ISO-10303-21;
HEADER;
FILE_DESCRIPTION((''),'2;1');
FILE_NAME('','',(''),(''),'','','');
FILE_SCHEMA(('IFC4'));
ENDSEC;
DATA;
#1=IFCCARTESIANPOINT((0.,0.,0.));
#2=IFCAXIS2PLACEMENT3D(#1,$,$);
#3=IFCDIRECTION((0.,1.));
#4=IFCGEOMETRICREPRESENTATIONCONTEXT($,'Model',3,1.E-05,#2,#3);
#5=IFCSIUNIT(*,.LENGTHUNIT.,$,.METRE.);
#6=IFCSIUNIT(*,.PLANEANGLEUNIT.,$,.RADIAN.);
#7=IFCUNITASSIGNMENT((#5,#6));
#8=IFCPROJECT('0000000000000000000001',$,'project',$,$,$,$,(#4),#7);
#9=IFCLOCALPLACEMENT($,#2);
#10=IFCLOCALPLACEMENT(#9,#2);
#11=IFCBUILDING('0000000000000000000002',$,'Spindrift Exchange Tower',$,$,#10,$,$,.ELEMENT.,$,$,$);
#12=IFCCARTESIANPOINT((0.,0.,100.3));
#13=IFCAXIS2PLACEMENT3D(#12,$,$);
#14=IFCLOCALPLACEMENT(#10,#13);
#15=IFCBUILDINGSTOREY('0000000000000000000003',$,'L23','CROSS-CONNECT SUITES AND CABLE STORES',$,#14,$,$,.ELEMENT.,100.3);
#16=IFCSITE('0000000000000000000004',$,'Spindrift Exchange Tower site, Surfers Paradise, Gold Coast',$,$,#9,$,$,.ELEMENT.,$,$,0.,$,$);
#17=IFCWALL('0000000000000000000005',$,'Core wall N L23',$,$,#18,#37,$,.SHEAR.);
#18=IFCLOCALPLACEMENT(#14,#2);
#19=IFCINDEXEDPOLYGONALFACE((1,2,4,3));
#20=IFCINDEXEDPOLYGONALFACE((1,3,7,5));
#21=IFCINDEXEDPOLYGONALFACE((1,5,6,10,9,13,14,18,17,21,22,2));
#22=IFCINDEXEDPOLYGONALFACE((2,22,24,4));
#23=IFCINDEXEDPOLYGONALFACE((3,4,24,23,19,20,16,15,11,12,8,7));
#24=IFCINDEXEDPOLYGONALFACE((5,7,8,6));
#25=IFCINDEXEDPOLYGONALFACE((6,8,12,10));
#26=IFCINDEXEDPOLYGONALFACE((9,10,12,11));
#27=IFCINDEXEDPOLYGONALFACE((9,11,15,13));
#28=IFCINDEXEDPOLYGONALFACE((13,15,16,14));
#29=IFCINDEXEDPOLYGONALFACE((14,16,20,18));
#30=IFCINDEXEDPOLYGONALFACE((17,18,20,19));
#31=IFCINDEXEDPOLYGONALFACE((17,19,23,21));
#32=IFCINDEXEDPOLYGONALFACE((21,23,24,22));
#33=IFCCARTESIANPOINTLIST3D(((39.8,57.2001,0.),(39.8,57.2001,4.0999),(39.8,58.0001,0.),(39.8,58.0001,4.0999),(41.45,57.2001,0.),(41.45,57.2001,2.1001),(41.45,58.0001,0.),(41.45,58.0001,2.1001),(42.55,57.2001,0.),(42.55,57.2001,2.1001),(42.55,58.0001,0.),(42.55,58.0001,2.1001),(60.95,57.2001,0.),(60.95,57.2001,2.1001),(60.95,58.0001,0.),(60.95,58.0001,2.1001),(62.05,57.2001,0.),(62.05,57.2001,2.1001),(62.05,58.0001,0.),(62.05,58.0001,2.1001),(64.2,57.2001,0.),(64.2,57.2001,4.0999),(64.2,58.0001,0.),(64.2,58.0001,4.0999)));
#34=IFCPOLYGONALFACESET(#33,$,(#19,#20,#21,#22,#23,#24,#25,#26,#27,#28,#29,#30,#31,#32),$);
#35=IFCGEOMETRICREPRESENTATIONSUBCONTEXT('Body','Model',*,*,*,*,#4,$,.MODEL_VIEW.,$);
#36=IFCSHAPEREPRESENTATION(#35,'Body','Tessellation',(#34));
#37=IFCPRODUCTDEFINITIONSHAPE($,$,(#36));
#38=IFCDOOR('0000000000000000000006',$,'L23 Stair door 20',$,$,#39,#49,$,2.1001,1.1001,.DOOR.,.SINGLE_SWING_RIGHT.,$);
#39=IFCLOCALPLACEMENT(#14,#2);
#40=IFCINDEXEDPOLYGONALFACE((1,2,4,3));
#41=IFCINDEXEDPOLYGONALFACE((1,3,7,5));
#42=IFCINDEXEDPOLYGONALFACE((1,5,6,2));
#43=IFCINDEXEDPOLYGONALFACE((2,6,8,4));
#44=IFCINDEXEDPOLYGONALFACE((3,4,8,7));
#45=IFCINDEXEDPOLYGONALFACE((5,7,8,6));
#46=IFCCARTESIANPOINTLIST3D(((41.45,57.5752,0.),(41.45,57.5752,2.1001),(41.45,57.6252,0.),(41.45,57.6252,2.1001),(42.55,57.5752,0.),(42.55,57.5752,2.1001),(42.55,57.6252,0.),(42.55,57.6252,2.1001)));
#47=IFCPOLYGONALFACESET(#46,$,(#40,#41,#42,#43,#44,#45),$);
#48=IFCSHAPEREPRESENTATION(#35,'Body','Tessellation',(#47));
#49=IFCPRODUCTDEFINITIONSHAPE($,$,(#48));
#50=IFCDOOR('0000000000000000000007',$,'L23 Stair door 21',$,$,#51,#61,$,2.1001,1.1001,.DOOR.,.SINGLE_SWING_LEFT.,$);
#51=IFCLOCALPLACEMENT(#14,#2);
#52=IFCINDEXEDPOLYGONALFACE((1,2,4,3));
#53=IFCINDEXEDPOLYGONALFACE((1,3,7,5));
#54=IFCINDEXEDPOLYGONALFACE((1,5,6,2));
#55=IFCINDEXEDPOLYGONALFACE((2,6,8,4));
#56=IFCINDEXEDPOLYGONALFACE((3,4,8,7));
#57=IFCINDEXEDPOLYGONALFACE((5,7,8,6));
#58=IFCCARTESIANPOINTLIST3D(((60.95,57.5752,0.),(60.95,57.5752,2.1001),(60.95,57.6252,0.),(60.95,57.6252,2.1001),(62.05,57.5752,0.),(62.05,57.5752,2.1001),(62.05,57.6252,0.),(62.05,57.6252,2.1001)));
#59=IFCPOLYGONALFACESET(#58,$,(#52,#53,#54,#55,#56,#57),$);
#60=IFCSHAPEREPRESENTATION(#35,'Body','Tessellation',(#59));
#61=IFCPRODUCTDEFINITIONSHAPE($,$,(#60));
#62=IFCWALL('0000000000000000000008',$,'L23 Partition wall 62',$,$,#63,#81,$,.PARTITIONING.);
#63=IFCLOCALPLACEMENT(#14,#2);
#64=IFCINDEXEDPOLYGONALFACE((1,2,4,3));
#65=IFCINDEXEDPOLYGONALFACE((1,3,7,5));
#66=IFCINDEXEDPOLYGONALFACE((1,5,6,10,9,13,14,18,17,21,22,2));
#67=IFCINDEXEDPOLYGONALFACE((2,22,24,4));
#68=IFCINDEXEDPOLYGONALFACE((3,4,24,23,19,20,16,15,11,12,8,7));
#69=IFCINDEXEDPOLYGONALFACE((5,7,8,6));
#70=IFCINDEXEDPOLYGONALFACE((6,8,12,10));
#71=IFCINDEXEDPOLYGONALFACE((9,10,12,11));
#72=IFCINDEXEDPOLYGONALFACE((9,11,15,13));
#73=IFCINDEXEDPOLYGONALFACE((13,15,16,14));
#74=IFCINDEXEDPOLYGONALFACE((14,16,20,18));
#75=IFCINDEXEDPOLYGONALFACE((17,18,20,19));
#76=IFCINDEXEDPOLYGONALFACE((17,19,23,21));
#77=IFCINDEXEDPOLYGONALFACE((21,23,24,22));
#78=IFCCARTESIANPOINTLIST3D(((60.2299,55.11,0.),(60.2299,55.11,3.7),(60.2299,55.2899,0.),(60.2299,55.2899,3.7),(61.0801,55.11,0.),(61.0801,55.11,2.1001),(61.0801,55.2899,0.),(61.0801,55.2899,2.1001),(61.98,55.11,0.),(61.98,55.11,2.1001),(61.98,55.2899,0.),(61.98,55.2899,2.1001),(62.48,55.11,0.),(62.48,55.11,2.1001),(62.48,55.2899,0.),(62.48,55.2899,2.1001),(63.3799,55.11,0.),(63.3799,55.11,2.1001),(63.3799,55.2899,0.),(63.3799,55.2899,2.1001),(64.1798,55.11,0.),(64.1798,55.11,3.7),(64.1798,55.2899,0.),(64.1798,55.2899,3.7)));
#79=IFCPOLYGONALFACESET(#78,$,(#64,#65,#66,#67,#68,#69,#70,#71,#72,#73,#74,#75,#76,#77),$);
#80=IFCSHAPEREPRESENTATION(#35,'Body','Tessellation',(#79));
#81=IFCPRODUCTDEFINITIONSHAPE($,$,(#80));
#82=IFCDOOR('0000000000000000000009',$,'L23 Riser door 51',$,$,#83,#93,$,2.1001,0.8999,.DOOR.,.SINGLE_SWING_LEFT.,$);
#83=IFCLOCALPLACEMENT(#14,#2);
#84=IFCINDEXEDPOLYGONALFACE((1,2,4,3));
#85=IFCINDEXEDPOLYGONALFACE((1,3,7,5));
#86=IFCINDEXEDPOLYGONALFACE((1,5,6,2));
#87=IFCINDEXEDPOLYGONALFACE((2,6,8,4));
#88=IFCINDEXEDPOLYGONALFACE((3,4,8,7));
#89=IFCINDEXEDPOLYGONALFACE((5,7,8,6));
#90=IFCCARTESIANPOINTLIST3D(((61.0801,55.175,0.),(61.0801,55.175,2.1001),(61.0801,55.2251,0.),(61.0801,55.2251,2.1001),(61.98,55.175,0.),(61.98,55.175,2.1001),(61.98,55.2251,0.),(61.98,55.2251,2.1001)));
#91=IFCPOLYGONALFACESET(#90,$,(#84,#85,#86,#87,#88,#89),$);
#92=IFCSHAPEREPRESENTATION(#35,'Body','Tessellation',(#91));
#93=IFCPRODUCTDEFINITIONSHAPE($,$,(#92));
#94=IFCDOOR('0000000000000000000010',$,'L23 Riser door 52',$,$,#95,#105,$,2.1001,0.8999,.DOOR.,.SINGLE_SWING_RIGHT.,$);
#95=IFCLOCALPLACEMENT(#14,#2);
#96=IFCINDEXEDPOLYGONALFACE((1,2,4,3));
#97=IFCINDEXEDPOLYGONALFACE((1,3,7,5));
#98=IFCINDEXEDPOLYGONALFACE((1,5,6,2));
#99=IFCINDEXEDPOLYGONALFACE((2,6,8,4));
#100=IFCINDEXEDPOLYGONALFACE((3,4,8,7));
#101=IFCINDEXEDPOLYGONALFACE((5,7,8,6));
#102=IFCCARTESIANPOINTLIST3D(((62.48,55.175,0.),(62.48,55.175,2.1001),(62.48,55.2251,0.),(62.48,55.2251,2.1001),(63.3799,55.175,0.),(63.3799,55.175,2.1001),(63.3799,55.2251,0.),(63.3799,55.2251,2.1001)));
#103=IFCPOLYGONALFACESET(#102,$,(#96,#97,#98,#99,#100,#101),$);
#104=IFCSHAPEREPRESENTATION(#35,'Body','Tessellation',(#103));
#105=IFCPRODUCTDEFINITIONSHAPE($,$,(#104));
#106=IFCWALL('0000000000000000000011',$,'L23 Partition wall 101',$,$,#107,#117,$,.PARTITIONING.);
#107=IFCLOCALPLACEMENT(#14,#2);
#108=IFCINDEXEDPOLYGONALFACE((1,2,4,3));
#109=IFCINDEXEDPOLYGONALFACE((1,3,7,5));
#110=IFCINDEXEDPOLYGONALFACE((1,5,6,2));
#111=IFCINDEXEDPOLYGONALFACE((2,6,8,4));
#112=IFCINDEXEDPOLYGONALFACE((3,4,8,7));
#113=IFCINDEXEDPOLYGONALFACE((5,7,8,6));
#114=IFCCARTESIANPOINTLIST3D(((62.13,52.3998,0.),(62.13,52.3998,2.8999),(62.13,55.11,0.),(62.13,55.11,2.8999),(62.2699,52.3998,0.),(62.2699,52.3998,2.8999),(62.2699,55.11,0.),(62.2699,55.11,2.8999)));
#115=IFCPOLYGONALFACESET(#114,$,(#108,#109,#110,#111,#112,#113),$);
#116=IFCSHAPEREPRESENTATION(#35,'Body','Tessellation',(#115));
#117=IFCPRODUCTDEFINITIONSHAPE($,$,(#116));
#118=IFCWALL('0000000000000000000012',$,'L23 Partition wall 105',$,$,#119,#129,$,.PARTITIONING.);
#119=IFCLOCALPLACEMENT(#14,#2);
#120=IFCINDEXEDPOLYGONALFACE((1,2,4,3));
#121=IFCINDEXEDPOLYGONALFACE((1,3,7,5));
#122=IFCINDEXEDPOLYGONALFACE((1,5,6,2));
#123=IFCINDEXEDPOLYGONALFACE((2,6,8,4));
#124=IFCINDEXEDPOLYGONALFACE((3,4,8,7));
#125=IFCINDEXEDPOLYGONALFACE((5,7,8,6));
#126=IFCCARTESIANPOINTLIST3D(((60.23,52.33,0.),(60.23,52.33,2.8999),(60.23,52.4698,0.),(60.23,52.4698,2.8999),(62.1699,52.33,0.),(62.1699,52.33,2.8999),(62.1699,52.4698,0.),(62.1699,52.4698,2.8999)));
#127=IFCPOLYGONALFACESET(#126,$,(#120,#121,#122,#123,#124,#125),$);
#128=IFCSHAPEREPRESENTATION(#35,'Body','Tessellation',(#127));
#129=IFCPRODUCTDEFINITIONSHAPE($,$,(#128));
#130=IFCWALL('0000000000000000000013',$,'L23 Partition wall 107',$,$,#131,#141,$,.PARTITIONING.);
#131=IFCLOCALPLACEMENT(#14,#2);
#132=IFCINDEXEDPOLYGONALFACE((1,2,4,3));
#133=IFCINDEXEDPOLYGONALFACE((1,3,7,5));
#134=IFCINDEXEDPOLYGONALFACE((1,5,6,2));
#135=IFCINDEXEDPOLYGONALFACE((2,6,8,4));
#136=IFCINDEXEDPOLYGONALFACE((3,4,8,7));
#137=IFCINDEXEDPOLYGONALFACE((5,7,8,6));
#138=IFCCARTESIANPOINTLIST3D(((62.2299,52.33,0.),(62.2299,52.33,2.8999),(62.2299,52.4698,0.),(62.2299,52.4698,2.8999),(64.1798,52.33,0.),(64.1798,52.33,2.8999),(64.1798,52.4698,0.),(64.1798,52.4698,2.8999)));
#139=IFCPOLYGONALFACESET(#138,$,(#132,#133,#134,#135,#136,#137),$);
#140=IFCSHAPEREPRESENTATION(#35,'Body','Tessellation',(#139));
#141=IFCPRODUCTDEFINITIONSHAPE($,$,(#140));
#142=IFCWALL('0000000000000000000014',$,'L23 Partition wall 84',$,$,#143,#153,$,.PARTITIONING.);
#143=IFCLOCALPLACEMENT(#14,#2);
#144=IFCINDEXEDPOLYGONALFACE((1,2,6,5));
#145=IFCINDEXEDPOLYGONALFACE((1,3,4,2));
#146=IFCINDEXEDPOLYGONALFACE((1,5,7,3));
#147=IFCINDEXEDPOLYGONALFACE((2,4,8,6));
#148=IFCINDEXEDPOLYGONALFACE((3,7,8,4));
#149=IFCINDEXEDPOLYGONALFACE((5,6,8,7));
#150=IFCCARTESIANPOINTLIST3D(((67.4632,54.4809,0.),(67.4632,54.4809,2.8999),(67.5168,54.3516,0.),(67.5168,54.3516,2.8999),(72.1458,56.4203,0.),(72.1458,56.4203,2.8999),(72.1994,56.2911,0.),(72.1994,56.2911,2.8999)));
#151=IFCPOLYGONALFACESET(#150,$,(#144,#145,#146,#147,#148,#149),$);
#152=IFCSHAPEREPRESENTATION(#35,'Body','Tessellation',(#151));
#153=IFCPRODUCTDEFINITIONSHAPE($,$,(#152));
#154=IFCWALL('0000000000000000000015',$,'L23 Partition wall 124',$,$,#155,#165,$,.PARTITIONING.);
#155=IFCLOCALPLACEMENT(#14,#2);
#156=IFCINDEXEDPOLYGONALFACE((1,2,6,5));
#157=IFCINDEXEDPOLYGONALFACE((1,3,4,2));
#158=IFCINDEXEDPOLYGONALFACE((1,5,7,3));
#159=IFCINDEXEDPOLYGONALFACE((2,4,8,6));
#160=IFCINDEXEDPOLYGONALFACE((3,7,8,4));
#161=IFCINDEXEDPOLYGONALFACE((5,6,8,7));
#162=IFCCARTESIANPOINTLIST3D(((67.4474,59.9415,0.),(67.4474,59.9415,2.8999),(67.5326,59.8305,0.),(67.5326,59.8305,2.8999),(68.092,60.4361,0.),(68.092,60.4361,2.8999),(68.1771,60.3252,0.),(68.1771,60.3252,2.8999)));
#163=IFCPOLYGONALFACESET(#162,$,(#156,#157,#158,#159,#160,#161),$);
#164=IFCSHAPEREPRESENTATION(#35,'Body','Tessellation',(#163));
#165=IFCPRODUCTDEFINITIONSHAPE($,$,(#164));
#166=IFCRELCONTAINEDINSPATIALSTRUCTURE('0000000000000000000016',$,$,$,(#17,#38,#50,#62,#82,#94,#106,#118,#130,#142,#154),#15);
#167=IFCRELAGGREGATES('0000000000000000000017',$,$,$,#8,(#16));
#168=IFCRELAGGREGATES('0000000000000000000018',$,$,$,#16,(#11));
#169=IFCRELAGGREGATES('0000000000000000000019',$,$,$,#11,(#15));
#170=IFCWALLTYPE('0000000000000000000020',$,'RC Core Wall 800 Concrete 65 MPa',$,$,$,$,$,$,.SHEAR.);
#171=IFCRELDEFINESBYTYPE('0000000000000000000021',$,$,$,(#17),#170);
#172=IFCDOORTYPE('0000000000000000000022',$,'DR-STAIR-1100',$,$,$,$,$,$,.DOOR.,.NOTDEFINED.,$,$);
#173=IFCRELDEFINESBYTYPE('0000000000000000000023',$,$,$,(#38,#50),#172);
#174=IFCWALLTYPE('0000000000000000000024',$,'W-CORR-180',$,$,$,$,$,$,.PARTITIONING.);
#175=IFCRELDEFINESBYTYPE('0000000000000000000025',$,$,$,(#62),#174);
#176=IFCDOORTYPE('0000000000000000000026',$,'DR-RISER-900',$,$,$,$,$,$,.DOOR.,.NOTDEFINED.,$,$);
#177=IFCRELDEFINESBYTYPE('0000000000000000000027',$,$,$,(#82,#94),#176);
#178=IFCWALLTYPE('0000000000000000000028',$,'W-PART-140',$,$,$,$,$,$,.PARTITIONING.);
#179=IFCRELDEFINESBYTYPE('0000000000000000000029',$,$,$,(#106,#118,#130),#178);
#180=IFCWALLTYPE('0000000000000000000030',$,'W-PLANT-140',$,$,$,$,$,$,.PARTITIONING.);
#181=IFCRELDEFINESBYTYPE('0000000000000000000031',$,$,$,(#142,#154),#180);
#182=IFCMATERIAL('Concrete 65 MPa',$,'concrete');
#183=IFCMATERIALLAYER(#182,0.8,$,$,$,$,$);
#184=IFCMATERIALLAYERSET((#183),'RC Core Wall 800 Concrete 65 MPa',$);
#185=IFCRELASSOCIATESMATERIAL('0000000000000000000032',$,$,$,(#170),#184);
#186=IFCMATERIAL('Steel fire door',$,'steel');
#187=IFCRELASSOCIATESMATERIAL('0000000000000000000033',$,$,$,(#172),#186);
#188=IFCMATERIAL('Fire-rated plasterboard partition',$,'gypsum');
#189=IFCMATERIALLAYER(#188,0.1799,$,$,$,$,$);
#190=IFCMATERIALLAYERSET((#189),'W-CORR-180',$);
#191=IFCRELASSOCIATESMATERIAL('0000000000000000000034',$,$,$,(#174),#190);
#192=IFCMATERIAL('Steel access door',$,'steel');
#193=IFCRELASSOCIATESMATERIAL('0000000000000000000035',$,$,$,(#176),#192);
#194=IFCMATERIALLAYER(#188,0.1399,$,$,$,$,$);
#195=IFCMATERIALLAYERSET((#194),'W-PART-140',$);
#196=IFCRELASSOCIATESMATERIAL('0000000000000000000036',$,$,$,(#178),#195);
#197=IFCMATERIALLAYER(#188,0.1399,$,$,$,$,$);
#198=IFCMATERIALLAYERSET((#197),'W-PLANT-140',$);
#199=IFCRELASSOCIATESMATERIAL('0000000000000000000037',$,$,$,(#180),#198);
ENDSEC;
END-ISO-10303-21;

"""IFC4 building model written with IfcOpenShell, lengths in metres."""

from ifc_helpers import new_model, si_unit, direction, frame, frame_2d, origin, place, context, subcontext, project, spatial, rectangle, extrude, source, transform, mapped, material, layer, layer_set, type_object, element, fill, save


model = new_model("IFC4")

# Units and contexts
model_context = context("Model", 3, precision=1e-05, world=origin(), true_north=direction((0.0, 1.0)))
body_context = subcontext(model_context, "Body", "Model", "MODEL_VIEW")
ifc_project = project(units=[si_unit("LENGTHUNIT", "METRE"), si_unit("PLANEANGLEUNIT", "RADIAN")], contexts=[model_context])

# Site, building, storey
site_placement = place(None, origin())
site = spatial("IfcSite", under=ifc_project, at=site_placement, Name="Spindrift Exchange Tower site, Surfers Paradise, Gold Coast", CompositionType="ELEMENT", RefElevation=0.0)
building_placement = place(site_placement, origin())
building = spatial("IfcBuilding", under=site, at=building_placement, Name="Spindrift Exchange Tower", CompositionType="ELEMENT")
storey_placement = place(building_placement, frame((0.0, 0.0, 100.3)))
storey = spatial("IfcBuildingStorey", under=building, at=storey_placement, Name="L23", Description="CROSS-CONNECT SUITES AND CABLE STORES", CompositionType="ELEMENT", Elevation=100.3)

# Walls, openings, doors
ifc_material_1 = material(Name="Concrete 65 MPa", Category="concrete")
ifc_layer_1 = layer(ifc_material_1, 0.8)
ifc_layer_set_1 = layer_set([ifc_layer_1], Name="RC Core Wall 800 Concrete 65 MPa")
wall_type_1 = type_object("IfcWallType", Name="RC Core Wall 800 Concrete 65 MPa", PredefinedType="SHEAR", material=ifc_layer_set_1)
wall_1_placement = place(storey_placement, frame((64.2, 57.6001, 0.0), z_axis=(0.0, 0.0, 1.0), x_axis=(-1.0, 0.0, 0.0)))
wall_1 = element("IfcWall", 1, at=wall_1_placement, inside=storey, type_object=wall_type_1, Name="Core wall N L23", PredefinedType="SHEAR", context=body_context, shape_type="SweptSolid", body=[
    extrude(rectangle(XDim=24.3999, YDim=0.8, at=frame_2d((12.2, 0.0))), origin(), (0.0, 0.0, 1.0), 4.0999),
])
opening_1_placement = place(wall_1_placement, frame((21.6499, 0.0, 0.0)))
opening_1 = element("IfcOpeningElement", 2, at=opening_1_placement, cuts=wall_1, PredefinedType="OPENING", context=body_context, shape_type="SweptSolid", body=[
    extrude(rectangle(XDim=1.1001, YDim=2.1001, at=frame_2d((0.55, 1.05))), frame((0.0, 0.4099, 0.0), z_axis=(0.0, -1.0, 0.0), x_axis=(1.0, 0.0, 0.0)), (0.0, 0.0, 1.0), 0.8201),
])
opening_2_placement = place(wall_1_placement, frame((2.1499, 0.0, 0.0)))
opening_2 = element("IfcOpeningElement", 3, at=opening_2_placement, cuts=wall_1, PredefinedType="OPENING", context=body_context, shape_type="SweptSolid", body=[
    extrude(rectangle(XDim=1.1001, YDim=2.1001, at=frame_2d((0.55, 1.05))), frame((0.0, 0.4099, 0.0), z_axis=(0.0, -1.0, 0.0), x_axis=(1.0, 0.0, 0.0)), (0.0, 0.0, 1.0), 0.8201),
])
ifc_material_2 = material(Name="Steel fire door", Category="steel")
door_type_1 = type_object("IfcDoorType", Name="DR-STAIR-1100", OperationType="NOTDEFINED", PredefinedType="DOOR", material=ifc_material_2)
shared_shape_1 = source(origin(), body_context, "Body", "SweptSolid", [
    extrude(rectangle(XDim=1.1001, YDim=2.1001, at=frame_2d((0.55, 1.05))), frame((0.0, 0.0249, 0.0), z_axis=(0.0, -1.0, 0.0), x_axis=(1.0, 0.0, 0.0)), (0.0, 0.0, 1.0), 0.05),
])
door_1_placement = place(opening_1_placement, origin())
door_1 = element("IfcDoor", 4, at=door_1_placement, inside=storey, type_object=door_type_1, Name="L23 Stair door 20", OperationType="SINGLE_SWING_RIGHT", OverallHeight=2.1001, OverallWidth=1.1001, PredefinedType="DOOR", context=body_context, shape_type="MappedRepresentation", body=[
    mapped(shared_shape_1, transform((0.0, 0.0, 0.0), scale=1.0)),
])
fill(opening_1, door_1)
door_2_placement = place(opening_2_placement, origin())
door_2 = element("IfcDoor", 5, at=door_2_placement, inside=storey, type_object=door_type_1, Name="L23 Stair door 21", OperationType="SINGLE_SWING_LEFT", OverallHeight=2.1001, OverallWidth=1.1001, PredefinedType="DOOR", context=body_context, shape_type="MappedRepresentation", body=[
    mapped(shared_shape_1, transform((0.0, 0.0, 0.0), scale=1.0)),
])
fill(opening_2, door_2)
ifc_material_3 = material(Name="Fire-rated plasterboard partition", Category="gypsum")
ifc_layer_2 = layer(ifc_material_3, 0.1799)
ifc_layer_set_2 = layer_set([ifc_layer_2], Name="W-CORR-180")
wall_type_2 = type_object("IfcWallType", Name="W-CORR-180", PredefinedType="PARTITIONING", material=ifc_layer_set_2)
wall_2_placement = place(storey_placement, frame((64.1799, 55.2, 0.0), z_axis=(0.0, 0.0, 1.0), x_axis=(-1.0, 0.0, 0.0)))
wall_2 = element("IfcWall", 6, at=wall_2_placement, inside=storey, type_object=wall_type_2, Name="L23 Partition wall 62", PredefinedType="PARTITIONING", context=body_context, shape_type="SweptSolid", body=[
    extrude(rectangle(XDim=3.95, YDim=0.1799, at=frame_2d((1.9751, 0.0))), origin(), (0.0, 0.0, 1.0), 3.7),
])
opening_3_placement = place(wall_2_placement, frame((2.2, 0.0, 0.0)))
opening_3 = element("IfcOpeningElement", 7, at=opening_3_placement, cuts=wall_2, PredefinedType="OPENING", context=body_context, shape_type="SweptSolid", body=[
    extrude(rectangle(XDim=0.8999, YDim=2.1001, at=frame_2d((0.45, 1.05))), frame((0.0, 0.0999, 0.0), z_axis=(0.0, -1.0, 0.0), x_axis=(1.0, 0.0, 0.0)), (0.0, 0.0, 1.0), 0.2),
])
opening_4_placement = place(wall_2_placement, frame((0.8, 0.0, 0.0)))
opening_4 = element("IfcOpeningElement", 8, at=opening_4_placement, cuts=wall_2, PredefinedType="OPENING", context=body_context, shape_type="SweptSolid", body=[
    extrude(rectangle(XDim=0.8999, YDim=2.1001, at=frame_2d((0.45, 1.05))), frame((0.0, 0.0999, 0.0), z_axis=(0.0, -1.0, 0.0), x_axis=(1.0, 0.0, 0.0)), (0.0, 0.0, 1.0), 0.2),
])
ifc_material_4 = material(Name="Steel access door", Category="steel")
door_type_2 = type_object("IfcDoorType", Name="DR-RISER-900", OperationType="NOTDEFINED", PredefinedType="DOOR", material=ifc_material_4)
shared_shape_2 = source(origin(), body_context, "Body", "SweptSolid", [
    extrude(rectangle(XDim=0.8999, YDim=2.1001, at=frame_2d((0.45, 1.05))), frame((0.0, 0.0249, 0.0), z_axis=(0.0, -1.0, 0.0), x_axis=(1.0, 0.0, 0.0)), (0.0, 0.0, 1.0), 0.05),
])
door_3_placement = place(opening_3_placement, origin())
door_3 = element("IfcDoor", 9, at=door_3_placement, inside=storey, type_object=door_type_2, Name="L23 Riser door 51", OperationType="SINGLE_SWING_LEFT", OverallHeight=2.1001, OverallWidth=0.8999, PredefinedType="DOOR", context=body_context, shape_type="MappedRepresentation", body=[
    mapped(shared_shape_2, transform((0.0, 0.0, 0.0), scale=1.0)),
])
fill(opening_3, door_3)
door_4_placement = place(opening_4_placement, origin())
door_4 = element("IfcDoor", 10, at=door_4_placement, inside=storey, type_object=door_type_2, Name="L23 Riser door 52", OperationType="SINGLE_SWING_RIGHT", OverallHeight=2.1001, OverallWidth=0.8999, PredefinedType="DOOR", context=body_context, shape_type="MappedRepresentation", body=[
    mapped(shared_shape_2, transform((0.0, 0.0, 0.0), scale=1.0)),
])
fill(opening_4, door_4)

# Walls
ifc_layer_3 = layer(ifc_material_3, 0.1399)
ifc_layer_set_3 = layer_set([ifc_layer_3], Name="W-PART-140")
wall_type_3 = type_object("IfcWallType", Name="W-PART-140", PredefinedType="PARTITIONING", material=ifc_layer_set_3)
wall_3_placement = place(storey_placement, frame((62.2, 52.3999, 0.0), z_axis=(0.0, 0.0, 1.0), x_axis=(0.0, 1.0, 0.0)))
element("IfcWall", 11, at=wall_3_placement, inside=storey, type_object=wall_type_3, Name="L23 Partition wall 101", PredefinedType="PARTITIONING", context=body_context, shape_type="SweptSolid", body=[
    extrude(rectangle(XDim=2.7102, YDim=0.1399, at=frame_2d((1.355, 0.0))), origin(), (0.0, 0.0, 1.0), 2.8999),
])
wall_4_placement = place(storey_placement, frame((62.1699, 52.3999, 0.0), z_axis=(0.0, 0.0, 1.0), x_axis=(-1.0, 0.0, 0.0)))
element("IfcWall", 12, at=wall_4_placement, inside=storey, type_object=wall_type_3, Name="L23 Partition wall 105", PredefinedType="PARTITIONING", context=body_context, shape_type="SweptSolid", body=[
    extrude(rectangle(XDim=1.9399, YDim=0.1399, at=frame_2d((0.97, 0.0))), origin(), (0.0, 0.0, 1.0), 2.8999),
])
wall_5_placement = place(storey_placement, frame((64.1799, 52.3999, 0.0), z_axis=(0.0, 0.0, 1.0), x_axis=(-1.0, 0.0, 0.0)))
element("IfcWall", 13, at=wall_5_placement, inside=storey, type_object=wall_type_3, Name="L23 Partition wall 107", PredefinedType="PARTITIONING", context=body_context, shape_type="SweptSolid", body=[
    extrude(rectangle(XDim=1.95, YDim=0.1399, at=frame_2d((0.9751, 0.0))), origin(), (0.0, 0.0, 1.0), 2.8999),
])
ifc_layer_4 = layer(ifc_material_3, 0.1399)
ifc_layer_set_4 = layer_set([ifc_layer_4], Name="W-PLANT-140")
wall_type_4 = type_object("IfcWallType", Name="W-PLANT-140", PredefinedType="PARTITIONING", material=ifc_layer_set_4)
wall_6_placement = place(storey_placement, frame((67.49, 54.4163, 0.0), z_axis=(0.0, 0.0, 1.0), x_axis=(0.92389, 0.382658, 0.0)))
element("IfcWall", 14, at=wall_6_placement, inside=storey, type_object=wall_type_4, Name="L23 Partition wall 84", PredefinedType="PARTITIONING", context=body_context, shape_type="SweptSolid", body=[
    extrude(rectangle(XDim=5.0684, YDim=0.1399, at=frame_2d((2.5342, 0.0))), origin(), (0.0, 0.0, 1.0), 2.8999),
])
wall_7_placement = place(storey_placement, frame((67.49, 59.886, 0.0), z_axis=(0.0, 0.0, 1.0), x_axis=(0.793316, 0.60881, 0.0)))
element("IfcWall", 15, at=wall_7_placement, inside=storey, type_object=wall_type_4, Name="L23 Partition wall 124", PredefinedType="PARTITIONING", context=body_context, shape_type="SweptSolid", body=[
    extrude(rectangle(XDim=0.8125, YDim=0.1399, at=frame_2d((0.4062, 0.0))), origin(), (0.0, 0.0, 1.0), 2.8999),
])

save(model, "model.ifc")
